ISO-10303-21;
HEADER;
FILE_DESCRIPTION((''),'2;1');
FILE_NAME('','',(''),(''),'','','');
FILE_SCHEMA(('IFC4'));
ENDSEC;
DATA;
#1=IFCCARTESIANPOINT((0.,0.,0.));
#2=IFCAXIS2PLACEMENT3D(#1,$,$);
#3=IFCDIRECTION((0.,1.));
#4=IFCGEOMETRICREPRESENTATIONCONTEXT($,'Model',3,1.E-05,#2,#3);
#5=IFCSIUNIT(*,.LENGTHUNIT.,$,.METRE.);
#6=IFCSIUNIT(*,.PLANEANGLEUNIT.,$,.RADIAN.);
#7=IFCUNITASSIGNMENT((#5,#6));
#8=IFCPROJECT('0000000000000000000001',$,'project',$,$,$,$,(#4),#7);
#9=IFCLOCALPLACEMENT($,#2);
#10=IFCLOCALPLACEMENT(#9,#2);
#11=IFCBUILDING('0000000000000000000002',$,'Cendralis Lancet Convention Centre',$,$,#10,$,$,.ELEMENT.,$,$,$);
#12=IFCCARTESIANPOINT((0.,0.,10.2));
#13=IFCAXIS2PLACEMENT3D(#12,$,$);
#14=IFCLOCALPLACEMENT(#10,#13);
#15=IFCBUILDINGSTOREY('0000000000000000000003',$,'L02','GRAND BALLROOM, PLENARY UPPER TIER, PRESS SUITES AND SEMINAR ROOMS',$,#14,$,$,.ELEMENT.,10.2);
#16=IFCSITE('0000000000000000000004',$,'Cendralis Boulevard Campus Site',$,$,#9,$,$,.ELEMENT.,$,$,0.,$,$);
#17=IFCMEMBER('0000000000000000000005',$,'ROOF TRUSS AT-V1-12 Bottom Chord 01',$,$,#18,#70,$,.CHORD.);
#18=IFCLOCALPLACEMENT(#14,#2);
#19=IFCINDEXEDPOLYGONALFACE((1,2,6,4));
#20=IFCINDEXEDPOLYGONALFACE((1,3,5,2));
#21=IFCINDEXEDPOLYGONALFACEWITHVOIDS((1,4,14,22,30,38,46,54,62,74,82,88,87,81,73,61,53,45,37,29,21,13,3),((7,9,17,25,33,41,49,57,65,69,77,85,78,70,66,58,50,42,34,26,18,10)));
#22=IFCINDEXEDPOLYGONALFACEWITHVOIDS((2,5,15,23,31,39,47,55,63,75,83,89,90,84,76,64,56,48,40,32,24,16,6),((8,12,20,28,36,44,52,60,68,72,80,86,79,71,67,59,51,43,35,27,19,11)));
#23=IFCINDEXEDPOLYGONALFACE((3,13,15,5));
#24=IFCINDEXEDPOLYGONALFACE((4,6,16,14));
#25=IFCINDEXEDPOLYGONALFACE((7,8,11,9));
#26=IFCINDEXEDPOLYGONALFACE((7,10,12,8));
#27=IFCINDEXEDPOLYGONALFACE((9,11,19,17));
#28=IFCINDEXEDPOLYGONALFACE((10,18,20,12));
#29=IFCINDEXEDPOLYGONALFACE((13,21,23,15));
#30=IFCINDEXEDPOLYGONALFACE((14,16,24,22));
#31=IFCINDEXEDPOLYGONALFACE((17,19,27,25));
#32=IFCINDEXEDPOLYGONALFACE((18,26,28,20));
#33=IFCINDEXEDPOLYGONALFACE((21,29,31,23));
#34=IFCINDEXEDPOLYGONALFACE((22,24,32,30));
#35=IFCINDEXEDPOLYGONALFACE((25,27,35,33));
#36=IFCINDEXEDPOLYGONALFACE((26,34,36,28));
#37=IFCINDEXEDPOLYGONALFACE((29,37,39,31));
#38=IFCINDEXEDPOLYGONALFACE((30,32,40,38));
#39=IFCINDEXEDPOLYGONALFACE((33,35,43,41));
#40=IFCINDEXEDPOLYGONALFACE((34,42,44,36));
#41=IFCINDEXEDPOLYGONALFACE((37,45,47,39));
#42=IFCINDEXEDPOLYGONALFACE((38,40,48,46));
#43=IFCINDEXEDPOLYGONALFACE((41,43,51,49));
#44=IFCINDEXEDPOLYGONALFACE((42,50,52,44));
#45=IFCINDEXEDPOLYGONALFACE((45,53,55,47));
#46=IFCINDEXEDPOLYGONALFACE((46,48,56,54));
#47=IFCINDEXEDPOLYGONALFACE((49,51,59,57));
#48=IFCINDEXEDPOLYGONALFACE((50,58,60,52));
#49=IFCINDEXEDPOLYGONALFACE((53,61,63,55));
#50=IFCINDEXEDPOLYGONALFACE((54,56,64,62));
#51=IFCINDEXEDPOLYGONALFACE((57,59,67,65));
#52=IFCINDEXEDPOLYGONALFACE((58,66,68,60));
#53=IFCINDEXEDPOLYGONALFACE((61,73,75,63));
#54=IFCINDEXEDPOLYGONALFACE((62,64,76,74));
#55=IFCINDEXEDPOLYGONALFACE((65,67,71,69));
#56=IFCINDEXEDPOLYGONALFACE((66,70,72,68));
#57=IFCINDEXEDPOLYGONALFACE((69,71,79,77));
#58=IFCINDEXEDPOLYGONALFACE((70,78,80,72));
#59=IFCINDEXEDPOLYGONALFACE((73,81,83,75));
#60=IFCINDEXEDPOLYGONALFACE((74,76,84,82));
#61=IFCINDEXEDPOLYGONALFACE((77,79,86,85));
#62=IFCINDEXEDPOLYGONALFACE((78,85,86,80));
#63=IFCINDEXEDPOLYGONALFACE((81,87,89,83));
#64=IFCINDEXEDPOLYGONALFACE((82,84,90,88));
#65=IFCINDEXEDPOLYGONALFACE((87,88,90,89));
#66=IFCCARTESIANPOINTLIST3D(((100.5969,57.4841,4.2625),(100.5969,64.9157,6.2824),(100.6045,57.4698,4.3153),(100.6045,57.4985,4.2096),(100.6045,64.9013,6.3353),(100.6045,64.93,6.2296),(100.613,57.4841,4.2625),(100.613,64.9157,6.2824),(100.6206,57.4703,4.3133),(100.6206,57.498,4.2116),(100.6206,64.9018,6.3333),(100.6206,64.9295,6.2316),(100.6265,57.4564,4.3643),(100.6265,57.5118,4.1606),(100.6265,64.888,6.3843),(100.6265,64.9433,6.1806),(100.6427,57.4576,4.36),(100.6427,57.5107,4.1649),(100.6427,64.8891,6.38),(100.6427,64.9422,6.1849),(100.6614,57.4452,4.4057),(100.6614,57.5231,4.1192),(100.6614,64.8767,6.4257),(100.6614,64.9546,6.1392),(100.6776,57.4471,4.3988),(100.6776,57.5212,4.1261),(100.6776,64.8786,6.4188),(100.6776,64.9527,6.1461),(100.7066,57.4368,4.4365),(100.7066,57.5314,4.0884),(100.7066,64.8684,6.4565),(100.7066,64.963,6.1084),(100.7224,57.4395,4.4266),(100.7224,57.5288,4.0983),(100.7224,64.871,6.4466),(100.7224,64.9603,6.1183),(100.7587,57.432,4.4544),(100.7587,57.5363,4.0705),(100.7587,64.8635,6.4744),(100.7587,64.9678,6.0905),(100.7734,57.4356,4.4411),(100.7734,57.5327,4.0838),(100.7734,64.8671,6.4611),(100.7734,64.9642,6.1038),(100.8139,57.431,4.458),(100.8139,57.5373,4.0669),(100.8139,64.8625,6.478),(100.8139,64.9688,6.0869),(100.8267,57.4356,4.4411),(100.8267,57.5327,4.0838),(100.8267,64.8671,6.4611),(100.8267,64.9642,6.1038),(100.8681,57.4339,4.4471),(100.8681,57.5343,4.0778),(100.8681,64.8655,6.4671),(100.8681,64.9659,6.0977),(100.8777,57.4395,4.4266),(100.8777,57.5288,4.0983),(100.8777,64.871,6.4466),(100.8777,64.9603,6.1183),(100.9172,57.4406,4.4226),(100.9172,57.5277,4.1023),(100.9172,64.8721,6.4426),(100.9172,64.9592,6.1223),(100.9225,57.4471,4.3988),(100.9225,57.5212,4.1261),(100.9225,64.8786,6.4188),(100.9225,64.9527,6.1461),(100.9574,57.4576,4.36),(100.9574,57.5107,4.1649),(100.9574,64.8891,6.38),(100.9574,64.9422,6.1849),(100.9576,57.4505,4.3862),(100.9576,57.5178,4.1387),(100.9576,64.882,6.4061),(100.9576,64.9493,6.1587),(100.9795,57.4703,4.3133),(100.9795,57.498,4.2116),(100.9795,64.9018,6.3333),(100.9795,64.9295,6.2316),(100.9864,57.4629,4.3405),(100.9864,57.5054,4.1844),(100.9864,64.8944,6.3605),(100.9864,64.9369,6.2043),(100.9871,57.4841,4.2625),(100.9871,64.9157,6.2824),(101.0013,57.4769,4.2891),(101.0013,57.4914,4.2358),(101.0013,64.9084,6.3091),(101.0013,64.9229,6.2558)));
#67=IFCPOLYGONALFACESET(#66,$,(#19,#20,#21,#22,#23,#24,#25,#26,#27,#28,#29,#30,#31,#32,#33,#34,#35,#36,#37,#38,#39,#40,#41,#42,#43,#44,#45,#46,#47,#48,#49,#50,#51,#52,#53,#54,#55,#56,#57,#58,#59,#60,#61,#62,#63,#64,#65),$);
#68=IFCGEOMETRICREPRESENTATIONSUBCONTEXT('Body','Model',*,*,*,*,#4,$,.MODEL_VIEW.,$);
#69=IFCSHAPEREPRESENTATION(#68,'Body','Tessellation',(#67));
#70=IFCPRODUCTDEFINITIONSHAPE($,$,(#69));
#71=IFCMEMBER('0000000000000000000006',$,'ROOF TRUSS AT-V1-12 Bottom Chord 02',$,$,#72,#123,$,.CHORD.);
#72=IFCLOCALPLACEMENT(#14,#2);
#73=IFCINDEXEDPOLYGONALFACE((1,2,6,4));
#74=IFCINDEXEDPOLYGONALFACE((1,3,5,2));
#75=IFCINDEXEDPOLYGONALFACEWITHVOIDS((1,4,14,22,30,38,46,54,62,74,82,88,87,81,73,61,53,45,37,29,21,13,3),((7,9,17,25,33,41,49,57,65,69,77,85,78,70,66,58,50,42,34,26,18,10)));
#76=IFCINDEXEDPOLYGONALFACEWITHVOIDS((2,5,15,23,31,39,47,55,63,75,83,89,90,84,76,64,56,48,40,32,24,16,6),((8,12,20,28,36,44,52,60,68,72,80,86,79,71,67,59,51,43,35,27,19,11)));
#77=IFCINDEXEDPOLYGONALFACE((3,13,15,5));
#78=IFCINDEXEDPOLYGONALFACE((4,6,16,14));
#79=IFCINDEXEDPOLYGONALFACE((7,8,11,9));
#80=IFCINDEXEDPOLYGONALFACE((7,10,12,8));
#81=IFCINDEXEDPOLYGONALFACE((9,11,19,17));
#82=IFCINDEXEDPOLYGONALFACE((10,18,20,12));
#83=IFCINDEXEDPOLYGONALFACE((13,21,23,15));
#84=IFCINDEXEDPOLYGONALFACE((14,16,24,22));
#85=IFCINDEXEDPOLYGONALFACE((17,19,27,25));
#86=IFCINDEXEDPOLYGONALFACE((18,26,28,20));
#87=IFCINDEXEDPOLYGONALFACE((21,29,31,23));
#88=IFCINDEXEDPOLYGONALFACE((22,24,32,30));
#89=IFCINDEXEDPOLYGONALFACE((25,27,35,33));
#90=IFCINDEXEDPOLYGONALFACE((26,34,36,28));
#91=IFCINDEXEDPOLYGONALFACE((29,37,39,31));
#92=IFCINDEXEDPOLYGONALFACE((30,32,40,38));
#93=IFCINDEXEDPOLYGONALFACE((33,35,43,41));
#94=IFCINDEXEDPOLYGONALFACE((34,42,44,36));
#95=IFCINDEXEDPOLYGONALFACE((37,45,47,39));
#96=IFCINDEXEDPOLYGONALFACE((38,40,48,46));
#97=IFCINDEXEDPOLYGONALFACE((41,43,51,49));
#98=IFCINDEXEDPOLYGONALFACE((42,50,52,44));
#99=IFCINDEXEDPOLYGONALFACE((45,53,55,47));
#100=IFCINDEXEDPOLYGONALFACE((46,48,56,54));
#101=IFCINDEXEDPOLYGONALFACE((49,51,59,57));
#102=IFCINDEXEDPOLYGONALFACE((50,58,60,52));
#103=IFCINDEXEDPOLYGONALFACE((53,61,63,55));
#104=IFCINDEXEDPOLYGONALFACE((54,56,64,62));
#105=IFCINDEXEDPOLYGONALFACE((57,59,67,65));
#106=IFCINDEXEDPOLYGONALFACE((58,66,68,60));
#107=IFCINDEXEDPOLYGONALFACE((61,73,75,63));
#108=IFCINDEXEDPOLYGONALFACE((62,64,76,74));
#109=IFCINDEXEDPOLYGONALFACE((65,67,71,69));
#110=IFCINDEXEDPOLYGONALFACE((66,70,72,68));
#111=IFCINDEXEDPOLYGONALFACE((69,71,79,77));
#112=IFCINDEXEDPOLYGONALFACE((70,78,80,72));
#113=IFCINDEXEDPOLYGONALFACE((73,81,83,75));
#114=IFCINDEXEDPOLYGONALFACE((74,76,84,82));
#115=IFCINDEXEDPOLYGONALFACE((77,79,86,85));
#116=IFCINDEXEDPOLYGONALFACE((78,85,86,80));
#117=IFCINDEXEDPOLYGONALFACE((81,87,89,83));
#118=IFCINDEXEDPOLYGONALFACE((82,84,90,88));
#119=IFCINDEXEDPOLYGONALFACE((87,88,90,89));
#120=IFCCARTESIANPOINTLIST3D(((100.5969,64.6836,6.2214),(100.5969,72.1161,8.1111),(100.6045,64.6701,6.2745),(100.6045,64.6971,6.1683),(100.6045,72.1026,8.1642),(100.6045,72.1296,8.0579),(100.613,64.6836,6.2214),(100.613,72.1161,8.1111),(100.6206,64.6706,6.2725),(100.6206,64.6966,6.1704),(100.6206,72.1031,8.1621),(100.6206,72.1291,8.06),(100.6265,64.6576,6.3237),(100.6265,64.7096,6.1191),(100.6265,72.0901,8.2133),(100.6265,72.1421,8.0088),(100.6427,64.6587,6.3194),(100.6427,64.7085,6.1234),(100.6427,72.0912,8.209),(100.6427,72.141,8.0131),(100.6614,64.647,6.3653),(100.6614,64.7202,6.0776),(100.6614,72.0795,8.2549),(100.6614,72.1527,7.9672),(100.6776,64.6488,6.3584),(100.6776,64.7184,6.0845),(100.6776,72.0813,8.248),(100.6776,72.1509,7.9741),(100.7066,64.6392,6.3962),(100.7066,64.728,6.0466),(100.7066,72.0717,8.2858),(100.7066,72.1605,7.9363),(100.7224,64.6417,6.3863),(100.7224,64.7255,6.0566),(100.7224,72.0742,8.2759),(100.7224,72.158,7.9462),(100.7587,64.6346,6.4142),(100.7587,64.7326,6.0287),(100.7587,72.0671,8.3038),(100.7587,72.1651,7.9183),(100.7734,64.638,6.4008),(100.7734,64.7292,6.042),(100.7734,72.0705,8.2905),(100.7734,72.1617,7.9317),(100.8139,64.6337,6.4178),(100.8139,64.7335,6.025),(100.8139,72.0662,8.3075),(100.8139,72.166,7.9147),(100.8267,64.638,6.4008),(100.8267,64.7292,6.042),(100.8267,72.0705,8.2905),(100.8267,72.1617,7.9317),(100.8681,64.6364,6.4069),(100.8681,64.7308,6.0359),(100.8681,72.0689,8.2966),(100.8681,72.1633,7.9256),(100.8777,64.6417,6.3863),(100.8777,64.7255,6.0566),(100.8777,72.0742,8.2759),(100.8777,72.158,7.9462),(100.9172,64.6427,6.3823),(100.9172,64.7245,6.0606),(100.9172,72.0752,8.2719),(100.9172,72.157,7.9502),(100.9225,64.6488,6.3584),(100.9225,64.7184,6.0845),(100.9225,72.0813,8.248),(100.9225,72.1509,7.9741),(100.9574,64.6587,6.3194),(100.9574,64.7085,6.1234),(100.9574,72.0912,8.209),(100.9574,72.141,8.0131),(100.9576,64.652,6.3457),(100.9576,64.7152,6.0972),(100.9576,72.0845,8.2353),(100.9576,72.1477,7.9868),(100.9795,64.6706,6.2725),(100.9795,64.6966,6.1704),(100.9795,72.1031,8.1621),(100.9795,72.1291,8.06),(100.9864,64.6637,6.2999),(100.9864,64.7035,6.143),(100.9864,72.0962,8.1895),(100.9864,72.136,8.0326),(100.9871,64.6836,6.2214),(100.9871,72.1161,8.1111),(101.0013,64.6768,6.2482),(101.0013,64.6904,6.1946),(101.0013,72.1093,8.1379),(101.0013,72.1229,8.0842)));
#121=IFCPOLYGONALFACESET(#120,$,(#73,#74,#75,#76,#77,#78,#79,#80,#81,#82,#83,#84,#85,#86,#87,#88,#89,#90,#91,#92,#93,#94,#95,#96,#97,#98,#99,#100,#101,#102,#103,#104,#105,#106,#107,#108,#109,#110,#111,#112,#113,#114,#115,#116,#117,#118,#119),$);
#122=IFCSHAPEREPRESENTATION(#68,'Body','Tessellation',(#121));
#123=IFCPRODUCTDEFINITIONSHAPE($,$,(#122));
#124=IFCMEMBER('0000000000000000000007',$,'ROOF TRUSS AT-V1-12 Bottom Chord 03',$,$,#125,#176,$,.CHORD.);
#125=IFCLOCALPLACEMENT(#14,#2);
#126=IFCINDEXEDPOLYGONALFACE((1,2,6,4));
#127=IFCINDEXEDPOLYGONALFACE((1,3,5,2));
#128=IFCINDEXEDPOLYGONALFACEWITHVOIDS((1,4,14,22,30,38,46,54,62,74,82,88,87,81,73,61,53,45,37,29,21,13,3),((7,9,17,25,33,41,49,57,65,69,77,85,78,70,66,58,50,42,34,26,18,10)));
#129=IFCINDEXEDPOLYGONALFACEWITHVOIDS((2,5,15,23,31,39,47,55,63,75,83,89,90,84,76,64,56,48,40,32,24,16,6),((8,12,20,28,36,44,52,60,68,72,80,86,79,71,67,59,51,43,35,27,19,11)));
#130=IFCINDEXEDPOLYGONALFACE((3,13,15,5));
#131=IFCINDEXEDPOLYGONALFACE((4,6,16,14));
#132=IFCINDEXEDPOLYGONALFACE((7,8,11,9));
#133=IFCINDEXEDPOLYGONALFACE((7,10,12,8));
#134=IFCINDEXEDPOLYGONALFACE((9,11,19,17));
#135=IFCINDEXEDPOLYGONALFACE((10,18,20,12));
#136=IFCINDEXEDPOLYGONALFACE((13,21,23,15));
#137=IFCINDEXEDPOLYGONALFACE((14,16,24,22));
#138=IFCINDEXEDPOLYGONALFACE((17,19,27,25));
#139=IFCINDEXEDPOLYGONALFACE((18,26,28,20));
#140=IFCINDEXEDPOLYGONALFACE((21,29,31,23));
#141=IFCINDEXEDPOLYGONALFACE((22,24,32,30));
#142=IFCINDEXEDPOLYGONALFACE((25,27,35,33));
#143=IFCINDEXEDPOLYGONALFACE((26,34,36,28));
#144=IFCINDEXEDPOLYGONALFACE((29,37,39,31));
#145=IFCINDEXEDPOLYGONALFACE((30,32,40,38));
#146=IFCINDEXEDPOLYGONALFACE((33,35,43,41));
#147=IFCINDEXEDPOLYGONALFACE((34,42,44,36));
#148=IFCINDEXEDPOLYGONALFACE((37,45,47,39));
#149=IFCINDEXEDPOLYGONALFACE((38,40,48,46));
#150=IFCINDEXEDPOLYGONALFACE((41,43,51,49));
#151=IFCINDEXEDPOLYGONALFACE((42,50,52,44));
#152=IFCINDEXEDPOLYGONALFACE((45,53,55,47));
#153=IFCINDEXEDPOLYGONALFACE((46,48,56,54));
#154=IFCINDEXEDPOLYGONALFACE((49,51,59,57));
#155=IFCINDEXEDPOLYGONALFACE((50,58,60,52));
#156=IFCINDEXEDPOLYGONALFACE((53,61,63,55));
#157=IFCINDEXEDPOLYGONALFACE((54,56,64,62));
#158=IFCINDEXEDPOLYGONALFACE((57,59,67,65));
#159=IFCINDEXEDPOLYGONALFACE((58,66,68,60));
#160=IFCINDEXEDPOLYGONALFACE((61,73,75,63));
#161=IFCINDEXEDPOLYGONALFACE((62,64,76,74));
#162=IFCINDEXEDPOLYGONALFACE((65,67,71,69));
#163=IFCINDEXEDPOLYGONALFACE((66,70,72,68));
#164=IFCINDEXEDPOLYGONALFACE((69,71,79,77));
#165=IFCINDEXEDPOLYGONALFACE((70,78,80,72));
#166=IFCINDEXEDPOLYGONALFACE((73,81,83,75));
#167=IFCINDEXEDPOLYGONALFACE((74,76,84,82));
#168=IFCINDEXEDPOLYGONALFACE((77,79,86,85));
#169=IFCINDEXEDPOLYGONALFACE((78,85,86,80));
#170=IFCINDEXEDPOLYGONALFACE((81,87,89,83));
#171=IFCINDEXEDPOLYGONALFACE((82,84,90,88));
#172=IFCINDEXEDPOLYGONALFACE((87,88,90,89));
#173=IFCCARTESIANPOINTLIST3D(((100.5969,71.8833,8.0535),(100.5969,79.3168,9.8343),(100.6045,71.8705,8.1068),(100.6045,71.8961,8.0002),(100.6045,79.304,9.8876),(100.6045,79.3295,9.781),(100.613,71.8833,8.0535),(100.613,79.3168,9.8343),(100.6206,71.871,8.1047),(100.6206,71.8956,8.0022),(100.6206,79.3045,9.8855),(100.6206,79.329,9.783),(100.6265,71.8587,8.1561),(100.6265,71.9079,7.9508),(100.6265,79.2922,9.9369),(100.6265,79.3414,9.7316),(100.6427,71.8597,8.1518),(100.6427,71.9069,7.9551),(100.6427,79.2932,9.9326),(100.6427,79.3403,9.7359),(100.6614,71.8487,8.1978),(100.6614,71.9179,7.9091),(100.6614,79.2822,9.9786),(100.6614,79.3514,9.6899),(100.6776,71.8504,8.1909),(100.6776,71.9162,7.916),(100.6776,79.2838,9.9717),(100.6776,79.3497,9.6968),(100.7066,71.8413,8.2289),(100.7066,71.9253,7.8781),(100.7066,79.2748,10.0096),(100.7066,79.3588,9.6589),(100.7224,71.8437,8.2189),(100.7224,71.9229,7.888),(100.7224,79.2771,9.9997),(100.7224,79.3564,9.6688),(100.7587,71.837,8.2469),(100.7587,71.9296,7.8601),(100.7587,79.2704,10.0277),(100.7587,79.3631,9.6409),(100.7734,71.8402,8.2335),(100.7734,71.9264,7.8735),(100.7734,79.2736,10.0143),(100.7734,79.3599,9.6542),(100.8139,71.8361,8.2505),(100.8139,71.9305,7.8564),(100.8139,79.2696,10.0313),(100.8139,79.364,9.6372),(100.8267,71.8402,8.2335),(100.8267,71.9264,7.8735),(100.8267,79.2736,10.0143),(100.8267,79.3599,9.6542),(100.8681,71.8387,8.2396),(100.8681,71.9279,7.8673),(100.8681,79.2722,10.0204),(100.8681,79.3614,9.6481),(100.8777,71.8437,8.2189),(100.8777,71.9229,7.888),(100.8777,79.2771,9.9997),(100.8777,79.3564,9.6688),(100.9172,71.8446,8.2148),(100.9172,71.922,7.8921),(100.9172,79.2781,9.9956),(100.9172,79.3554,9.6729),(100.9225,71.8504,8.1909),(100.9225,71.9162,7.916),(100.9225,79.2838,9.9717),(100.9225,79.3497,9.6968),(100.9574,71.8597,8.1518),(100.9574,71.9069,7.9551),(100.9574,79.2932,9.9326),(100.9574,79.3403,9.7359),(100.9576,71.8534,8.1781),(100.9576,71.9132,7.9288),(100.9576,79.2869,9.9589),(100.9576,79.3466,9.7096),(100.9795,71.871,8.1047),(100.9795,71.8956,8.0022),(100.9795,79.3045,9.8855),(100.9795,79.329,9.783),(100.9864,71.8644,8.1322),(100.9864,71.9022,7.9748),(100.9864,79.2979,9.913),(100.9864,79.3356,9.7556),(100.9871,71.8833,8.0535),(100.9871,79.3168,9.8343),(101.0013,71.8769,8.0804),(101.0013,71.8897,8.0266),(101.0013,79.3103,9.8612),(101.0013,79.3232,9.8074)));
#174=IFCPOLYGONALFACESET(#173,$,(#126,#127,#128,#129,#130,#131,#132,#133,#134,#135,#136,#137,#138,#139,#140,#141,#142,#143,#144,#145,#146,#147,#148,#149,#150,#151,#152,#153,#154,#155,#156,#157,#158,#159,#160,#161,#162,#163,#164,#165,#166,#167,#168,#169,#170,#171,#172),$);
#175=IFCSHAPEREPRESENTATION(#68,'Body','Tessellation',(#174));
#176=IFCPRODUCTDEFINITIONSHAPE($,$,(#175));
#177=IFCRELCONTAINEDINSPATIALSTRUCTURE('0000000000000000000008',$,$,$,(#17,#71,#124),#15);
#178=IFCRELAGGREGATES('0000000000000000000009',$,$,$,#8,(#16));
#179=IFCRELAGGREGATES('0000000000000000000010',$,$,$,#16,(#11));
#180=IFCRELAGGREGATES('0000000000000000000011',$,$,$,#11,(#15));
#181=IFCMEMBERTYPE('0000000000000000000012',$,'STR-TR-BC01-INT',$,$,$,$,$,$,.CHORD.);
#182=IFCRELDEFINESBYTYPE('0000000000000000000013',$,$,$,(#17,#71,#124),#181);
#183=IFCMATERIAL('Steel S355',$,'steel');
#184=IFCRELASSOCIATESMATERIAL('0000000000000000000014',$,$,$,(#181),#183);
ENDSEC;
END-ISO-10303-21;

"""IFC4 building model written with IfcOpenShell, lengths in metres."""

from ifc_helpers import new_model, si_unit, direction, frame, origin, origin_2d, place, context, subcontext, project, spatial, hollow_circle, extrude, material, material_profile, profile_set, type_object, element, save


model = new_model("IFC4")

# Units and contexts
model_context = context("Model", 3, precision=1e-05, world=origin(), true_north=direction((0.0, 1.0)))
body_context = subcontext(model_context, "Body", "Model", "MODEL_VIEW")
ifc_project = project(units=[si_unit("LENGTHUNIT", "METRE"), si_unit("PLANEANGLEUNIT", "RADIAN")], contexts=[model_context])

# Site, building, storey
site_placement = place(None, origin())
site = spatial("IfcSite", under=ifc_project, at=site_placement, Name="Cendralis Boulevard Campus Site", CompositionType="ELEMENT", RefElevation=0.0)
building_placement = place(site_placement, origin())
building = spatial("IfcBuilding", under=site, at=building_placement, Name="Cendralis Lancet Convention Centre", CompositionType="ELEMENT")
storey_placement = place(building_placement, frame((0.0, 0.0, 10.2)))
storey = spatial("IfcBuildingStorey", under=building, at=storey_placement, Name="L02", Description="GRAND BALLROOM, PLENARY UPPER TIER, PRESS SUITES AND SEMINAR ROOMS", CompositionType="ELEMENT", Elevation=10.2)

# Members
ifc_material = material(Name="Steel S355", Category="steel")
ifc_material_profile_1 = material_profile(ifc_material, hollow_circle(Radius=0.2031, WallThickness=0.0161, at=origin_2d()), Name="CHS 406.4x16.0")
ifc_profile_set_1 = profile_set([ifc_material_profile_1], Name="Steel S355")
member_type_1 = type_object("IfcMemberType", Name="STR-TR-BC01-INT", PredefinedType="CHORD", material=ifc_profile_set_1)
member_1_placement = place(storey_placement, frame((100.8, 57.4841, 4.2625), z_axis=(0.0, 0.964987, 0.262296), x_axis=(-1.0, 0.0, 0.0)))
element("IfcMember", 1, at=member_1_placement, inside=storey, type_object=member_type_1, Name="ROOF TRUSS AT-V1-12 Bottom Chord 01", PredefinedType="CHORD", context=body_context, shape_type="SweptSolid", body=[
    extrude(hollow_circle(Radius=0.2031, WallThickness=0.0161, at=origin_2d()), origin(), (0.0, 0.0, 1.0), 7.7012),
])
member_2_placement = place(storey_placement, frame((100.8, 64.6836, 6.2214), z_axis=(0.0, 0.969169, 0.246399), x_axis=(-1.0, 0.0, 0.0)))
element("IfcMember", 2, at=member_2_placement, inside=storey, type_object=member_type_1, Name="ROOF TRUSS AT-V1-12 Bottom Chord 02", PredefinedType="CHORD", context=body_context, shape_type="SweptSolid", body=[
    extrude(hollow_circle(Radius=0.2031, WallThickness=0.0161, at=origin_2d()), origin(), (0.0, 0.0, 1.0), 7.6689),
])
member_3_placement = place(storey_placement, frame((100.8, 71.8833, 8.0535), z_axis=(0.0, 0.972483, 0.232972), x_axis=(-1.0, 0.0, 0.0)))
element("IfcMember", 3, at=member_3_placement, inside=storey, type_object=member_type_1, Name="ROOF TRUSS AT-V1-12 Bottom Chord 03", PredefinedType="CHORD", context=body_context, shape_type="SweptSolid", body=[
    extrude(hollow_circle(Radius=0.2031, WallThickness=0.0161, at=origin_2d()), origin(), (0.0, 0.0, 1.0), 7.6438),
])

save(model, "model.ifc")
